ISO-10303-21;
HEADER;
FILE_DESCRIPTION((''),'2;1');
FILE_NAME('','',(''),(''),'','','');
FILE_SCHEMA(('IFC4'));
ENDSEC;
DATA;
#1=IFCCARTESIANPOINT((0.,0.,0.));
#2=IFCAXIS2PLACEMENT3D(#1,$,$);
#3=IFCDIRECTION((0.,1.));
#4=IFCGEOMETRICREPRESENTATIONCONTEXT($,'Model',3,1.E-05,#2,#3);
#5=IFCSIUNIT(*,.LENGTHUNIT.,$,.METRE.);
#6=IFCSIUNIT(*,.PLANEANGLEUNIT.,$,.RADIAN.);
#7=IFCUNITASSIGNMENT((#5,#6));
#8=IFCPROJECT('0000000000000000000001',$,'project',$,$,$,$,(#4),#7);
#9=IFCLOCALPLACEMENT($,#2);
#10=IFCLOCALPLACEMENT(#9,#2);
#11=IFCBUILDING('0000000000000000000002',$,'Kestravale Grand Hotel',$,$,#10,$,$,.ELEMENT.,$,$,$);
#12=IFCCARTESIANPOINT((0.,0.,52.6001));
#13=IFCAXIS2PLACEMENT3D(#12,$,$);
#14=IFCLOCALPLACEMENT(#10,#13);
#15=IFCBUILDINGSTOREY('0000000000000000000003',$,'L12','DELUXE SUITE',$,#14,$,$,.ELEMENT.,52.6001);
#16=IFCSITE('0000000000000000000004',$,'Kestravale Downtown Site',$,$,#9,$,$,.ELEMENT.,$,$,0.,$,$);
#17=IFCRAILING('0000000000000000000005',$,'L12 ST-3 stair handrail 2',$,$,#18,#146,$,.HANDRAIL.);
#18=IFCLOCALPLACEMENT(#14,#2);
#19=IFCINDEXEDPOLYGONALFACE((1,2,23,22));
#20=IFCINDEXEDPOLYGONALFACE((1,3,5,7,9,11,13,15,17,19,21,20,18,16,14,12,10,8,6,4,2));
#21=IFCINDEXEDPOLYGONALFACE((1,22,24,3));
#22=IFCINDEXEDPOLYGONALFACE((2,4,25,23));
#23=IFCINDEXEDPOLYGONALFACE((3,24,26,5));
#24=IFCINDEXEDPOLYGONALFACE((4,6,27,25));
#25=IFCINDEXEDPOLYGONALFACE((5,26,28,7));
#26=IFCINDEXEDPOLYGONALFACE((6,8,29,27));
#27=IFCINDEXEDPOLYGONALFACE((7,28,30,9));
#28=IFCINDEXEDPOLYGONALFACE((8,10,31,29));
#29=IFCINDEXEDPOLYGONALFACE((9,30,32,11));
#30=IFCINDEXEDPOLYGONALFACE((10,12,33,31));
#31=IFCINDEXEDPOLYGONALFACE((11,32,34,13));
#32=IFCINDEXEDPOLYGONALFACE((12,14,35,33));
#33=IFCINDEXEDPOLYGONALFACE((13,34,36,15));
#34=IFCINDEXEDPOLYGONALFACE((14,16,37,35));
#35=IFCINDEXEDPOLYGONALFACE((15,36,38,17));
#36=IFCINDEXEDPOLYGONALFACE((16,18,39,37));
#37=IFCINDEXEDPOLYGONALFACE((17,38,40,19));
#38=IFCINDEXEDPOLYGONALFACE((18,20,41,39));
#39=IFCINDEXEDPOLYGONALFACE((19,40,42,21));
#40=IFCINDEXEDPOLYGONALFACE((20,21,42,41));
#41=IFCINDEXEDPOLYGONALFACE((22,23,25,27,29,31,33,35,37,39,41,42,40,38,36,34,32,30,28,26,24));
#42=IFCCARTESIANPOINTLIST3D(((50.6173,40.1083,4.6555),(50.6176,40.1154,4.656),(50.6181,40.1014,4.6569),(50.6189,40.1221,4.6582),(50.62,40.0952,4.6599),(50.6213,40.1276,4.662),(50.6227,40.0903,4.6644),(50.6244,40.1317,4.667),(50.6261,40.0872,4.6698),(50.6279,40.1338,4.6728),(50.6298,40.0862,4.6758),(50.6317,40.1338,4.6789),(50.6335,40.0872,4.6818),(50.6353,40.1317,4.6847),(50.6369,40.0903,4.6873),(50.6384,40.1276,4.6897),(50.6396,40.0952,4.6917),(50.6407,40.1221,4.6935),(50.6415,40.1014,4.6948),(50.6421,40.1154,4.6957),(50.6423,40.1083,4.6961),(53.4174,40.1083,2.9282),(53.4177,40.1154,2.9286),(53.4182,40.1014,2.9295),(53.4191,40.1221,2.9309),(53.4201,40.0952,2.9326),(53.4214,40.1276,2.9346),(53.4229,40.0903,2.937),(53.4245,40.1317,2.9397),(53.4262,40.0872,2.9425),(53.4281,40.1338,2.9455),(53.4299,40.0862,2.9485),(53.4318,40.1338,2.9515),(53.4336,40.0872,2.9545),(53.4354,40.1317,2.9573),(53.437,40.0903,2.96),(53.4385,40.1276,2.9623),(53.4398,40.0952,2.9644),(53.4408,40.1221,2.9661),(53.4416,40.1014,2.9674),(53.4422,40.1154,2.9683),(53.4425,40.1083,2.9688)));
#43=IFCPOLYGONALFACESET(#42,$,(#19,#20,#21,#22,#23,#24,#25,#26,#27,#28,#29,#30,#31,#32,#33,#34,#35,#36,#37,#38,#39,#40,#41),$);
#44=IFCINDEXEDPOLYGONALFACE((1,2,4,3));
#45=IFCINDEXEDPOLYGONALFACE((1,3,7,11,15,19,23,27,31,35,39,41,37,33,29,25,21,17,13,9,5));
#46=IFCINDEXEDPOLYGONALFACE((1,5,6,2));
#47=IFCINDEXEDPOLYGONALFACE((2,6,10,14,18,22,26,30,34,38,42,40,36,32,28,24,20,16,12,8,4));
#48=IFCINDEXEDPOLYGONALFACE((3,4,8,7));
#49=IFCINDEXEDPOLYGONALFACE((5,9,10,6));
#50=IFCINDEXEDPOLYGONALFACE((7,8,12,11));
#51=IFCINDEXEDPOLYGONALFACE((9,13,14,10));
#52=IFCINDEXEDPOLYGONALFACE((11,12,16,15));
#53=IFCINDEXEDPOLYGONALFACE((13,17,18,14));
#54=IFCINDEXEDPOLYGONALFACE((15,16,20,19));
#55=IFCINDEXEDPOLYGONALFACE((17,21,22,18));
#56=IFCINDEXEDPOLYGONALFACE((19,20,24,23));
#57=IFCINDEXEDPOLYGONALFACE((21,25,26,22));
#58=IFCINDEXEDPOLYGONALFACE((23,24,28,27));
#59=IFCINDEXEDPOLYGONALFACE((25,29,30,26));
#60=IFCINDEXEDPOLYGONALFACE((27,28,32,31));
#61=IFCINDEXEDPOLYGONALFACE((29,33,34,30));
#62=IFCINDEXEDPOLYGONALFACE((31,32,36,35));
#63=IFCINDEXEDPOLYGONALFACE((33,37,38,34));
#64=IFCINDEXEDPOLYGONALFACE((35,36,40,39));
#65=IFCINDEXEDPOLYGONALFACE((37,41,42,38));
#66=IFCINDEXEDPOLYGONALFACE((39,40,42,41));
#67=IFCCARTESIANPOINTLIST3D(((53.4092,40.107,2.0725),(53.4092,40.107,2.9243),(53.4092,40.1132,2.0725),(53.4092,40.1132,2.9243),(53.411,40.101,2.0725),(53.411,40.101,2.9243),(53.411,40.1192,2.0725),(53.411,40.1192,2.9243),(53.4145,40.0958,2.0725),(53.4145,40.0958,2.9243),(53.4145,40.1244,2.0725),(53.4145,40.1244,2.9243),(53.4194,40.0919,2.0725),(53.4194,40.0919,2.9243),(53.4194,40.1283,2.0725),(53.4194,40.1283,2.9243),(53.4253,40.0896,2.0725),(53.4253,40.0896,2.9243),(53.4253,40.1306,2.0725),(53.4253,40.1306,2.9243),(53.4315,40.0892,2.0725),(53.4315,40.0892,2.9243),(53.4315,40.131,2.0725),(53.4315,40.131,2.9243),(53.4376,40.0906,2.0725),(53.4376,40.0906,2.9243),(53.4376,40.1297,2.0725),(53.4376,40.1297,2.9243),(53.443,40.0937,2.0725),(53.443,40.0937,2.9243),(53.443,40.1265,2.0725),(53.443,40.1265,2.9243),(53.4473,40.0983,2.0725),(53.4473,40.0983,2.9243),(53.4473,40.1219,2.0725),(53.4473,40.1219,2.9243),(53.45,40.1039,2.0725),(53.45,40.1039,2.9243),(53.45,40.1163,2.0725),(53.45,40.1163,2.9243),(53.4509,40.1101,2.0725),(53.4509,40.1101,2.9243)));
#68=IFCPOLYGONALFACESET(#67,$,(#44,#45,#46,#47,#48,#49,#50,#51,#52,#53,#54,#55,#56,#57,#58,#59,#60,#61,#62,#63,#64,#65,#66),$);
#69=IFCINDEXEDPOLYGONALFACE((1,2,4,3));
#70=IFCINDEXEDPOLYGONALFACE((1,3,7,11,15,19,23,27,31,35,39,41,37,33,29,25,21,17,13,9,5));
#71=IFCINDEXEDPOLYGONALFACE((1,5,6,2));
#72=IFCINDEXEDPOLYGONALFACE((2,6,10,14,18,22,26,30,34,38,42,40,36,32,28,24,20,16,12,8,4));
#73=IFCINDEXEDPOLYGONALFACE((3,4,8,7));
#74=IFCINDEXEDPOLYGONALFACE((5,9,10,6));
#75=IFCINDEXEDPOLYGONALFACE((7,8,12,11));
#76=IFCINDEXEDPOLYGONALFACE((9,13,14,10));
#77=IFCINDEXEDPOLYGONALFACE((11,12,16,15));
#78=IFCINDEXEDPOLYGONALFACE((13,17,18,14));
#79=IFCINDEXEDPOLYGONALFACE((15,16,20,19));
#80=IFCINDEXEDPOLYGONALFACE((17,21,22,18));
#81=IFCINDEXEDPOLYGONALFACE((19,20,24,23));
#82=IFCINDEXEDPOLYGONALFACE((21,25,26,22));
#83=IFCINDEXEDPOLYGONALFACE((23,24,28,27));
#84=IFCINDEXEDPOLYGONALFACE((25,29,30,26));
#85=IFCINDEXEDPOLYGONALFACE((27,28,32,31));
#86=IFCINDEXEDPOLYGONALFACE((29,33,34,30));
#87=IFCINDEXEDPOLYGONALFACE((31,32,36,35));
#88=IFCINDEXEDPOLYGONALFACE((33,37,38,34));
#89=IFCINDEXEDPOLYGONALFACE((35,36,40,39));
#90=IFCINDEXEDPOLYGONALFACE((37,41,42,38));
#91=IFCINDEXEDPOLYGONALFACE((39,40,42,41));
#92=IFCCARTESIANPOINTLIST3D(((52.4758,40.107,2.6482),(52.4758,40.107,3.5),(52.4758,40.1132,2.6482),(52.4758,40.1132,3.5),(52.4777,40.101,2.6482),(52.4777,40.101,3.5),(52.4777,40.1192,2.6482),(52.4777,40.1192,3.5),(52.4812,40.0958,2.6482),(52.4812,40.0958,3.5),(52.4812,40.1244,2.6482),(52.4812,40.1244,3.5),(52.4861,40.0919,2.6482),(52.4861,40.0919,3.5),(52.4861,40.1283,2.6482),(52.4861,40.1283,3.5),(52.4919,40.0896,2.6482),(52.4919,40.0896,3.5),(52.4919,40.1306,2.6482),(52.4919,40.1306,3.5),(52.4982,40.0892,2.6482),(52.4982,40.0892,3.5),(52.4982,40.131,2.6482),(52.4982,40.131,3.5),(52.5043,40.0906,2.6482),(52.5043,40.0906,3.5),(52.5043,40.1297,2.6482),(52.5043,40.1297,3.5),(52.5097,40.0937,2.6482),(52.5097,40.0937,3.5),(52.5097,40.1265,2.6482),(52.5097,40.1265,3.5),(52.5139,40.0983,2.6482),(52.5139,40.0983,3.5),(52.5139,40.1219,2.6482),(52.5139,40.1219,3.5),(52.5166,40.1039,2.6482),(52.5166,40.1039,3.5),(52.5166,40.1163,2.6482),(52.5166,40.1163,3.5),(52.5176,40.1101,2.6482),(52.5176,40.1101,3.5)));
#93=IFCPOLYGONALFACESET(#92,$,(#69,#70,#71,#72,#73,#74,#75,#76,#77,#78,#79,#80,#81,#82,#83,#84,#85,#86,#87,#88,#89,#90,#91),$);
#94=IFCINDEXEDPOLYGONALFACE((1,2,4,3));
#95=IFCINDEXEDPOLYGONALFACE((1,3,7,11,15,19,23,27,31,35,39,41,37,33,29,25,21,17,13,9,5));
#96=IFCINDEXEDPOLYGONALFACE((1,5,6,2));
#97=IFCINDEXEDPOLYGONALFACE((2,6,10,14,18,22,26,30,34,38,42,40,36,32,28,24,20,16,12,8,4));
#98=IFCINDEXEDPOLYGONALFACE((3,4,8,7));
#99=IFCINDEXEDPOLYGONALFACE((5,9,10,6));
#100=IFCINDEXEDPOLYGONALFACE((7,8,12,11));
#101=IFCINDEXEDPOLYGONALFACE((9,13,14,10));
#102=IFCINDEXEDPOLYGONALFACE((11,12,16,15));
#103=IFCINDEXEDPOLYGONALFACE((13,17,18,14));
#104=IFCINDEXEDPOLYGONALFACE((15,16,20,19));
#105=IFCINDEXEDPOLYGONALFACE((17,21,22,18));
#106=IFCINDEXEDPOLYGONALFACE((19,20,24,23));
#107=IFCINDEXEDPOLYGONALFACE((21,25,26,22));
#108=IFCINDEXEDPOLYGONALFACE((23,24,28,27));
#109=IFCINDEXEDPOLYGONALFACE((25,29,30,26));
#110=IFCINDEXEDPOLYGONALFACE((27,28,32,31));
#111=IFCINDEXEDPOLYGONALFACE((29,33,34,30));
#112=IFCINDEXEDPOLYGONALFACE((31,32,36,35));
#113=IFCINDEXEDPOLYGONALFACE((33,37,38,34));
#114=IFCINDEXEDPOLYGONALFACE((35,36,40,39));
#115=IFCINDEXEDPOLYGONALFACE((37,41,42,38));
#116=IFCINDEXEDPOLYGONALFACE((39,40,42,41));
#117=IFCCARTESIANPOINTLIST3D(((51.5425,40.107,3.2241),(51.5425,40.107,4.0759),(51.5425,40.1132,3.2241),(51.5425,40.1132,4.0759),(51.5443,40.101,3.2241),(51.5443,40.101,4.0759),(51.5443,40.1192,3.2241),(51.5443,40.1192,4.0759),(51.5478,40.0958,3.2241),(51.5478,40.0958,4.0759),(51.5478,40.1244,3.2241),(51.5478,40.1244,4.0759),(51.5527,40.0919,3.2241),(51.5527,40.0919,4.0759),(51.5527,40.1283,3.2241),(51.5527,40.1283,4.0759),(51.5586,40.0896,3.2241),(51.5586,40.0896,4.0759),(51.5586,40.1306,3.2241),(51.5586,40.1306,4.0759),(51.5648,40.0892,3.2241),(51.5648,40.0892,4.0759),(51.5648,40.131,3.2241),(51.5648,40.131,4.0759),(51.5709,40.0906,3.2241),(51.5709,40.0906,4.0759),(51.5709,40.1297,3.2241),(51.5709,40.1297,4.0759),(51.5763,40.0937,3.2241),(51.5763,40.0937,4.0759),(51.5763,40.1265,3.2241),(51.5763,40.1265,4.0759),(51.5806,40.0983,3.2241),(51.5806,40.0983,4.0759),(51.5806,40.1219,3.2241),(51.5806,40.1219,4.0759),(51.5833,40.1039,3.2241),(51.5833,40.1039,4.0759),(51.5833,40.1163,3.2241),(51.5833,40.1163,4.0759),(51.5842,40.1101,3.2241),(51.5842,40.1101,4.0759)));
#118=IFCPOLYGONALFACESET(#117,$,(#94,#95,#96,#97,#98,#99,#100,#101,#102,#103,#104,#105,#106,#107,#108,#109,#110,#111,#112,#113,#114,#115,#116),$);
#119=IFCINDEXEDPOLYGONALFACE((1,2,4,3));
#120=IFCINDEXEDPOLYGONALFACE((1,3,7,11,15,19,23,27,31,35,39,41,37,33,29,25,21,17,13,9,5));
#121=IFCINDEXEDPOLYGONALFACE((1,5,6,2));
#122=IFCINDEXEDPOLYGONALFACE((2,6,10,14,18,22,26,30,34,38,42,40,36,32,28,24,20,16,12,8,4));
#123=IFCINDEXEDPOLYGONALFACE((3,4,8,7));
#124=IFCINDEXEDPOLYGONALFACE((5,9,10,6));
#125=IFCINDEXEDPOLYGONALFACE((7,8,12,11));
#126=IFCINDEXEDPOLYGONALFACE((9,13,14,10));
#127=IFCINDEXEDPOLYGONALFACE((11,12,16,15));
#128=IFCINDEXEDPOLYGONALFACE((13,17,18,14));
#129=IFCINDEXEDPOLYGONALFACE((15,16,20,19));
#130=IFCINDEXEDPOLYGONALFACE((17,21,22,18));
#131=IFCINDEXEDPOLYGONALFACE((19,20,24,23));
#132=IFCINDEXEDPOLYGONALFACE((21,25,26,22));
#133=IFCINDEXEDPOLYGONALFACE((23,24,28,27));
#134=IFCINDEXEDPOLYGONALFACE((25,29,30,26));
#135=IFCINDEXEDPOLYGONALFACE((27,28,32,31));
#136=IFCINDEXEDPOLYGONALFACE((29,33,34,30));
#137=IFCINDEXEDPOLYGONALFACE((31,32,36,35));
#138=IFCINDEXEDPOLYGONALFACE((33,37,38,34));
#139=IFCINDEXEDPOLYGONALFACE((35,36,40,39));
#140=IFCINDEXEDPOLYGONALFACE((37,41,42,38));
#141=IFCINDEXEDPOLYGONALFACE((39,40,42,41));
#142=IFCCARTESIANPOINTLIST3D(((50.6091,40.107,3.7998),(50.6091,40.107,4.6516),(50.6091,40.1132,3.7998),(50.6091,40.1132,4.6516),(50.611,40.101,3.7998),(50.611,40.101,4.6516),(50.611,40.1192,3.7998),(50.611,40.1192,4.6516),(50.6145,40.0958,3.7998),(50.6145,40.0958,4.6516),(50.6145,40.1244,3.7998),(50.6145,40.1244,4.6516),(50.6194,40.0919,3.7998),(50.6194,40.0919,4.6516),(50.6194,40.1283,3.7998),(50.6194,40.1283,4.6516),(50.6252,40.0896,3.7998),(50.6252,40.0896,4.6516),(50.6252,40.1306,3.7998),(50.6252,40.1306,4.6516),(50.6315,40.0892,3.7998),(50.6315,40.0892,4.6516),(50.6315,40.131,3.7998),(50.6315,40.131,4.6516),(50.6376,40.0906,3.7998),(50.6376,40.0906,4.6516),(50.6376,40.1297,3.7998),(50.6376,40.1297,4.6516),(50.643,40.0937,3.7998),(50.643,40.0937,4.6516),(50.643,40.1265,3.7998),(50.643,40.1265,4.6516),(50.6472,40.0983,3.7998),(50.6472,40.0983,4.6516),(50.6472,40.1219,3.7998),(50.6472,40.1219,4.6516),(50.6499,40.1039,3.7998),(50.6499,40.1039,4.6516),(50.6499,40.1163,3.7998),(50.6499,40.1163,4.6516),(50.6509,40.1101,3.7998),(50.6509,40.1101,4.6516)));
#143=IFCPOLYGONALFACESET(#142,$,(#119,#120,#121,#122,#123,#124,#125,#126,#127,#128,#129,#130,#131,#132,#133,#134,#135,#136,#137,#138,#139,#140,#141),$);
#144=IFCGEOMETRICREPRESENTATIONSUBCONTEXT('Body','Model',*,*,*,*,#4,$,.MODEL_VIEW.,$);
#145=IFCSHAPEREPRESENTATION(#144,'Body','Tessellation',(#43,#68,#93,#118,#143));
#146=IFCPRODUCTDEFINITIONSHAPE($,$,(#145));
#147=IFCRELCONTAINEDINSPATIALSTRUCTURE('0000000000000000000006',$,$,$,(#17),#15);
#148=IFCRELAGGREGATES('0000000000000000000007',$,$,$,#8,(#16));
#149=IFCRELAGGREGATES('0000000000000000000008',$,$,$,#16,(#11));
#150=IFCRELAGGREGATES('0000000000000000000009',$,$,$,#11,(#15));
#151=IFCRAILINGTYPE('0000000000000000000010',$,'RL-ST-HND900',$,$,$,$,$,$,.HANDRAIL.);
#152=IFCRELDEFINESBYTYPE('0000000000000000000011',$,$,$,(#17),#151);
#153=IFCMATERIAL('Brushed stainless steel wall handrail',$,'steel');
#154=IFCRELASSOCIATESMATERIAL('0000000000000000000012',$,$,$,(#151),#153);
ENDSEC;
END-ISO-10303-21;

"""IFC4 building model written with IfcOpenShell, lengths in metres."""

from ifc_helpers import new_model, si_unit, direction, frame, origin, origin_2d, place, context, subcontext, project, spatial, circle, extrude, material, type_object, element, save


model = new_model("IFC4")

# Units and contexts
model_context = context("Model", 3, precision=1e-05, world=origin(), true_north=direction((0.0, 1.0)))
body_context = subcontext(model_context, "Body", "Model", "MODEL_VIEW")
ifc_project = project(units=[si_unit("LENGTHUNIT", "METRE"), si_unit("PLANEANGLEUNIT", "RADIAN")], contexts=[model_context])

# Site, building, storey
site_placement = place(None, origin())
site = spatial("IfcSite", under=ifc_project, at=site_placement, Name="Kestravale Downtown Site", CompositionType="ELEMENT", RefElevation=0.0)
building_placement = place(site_placement, origin())
building = spatial("IfcBuilding", under=site, at=building_placement, Name="Kestravale Grand Hotel", CompositionType="ELEMENT")
storey_placement = place(building_placement, frame((0.0, 0.0, 52.6001)))
storey = spatial("IfcBuildingStorey", under=building, at=storey_placement, Name="L12", Description="DELUXE SUITE", CompositionType="ELEMENT", Elevation=52.6001)

# Railing
ifc_material_1 = material(Name="Brushed stainless steel wall handrail", Category="steel")
railing_type_1 = type_object("IfcRailingType", Name="RL-ST-HND900", PredefinedType="HANDRAIL", material=ifc_material_1)
railing_1_placement = place(storey_placement, frame((53.4299, 40.1101, 2.0725)))
element("IfcRailing", 1, at=railing_1_placement, inside=storey, type_object=railing_type_1, Name="L12 ST-3 stair handrail 2", PredefinedType="HANDRAIL", context=body_context, shape_type="SweptSolid", body=[
    extrude(circle(Radius=0.0239, at=origin_2d()), frame((0.0, 0.0, 0.876), z_axis=(-0.85109, 0.0, 0.52502), x_axis=(0.0, -1.0, 0.0)), (0.0, 0.0, 1.0), 3.29),
    extrude(circle(Radius=0.021, at=origin_2d()), origin(), (0.0, 0.0, 1.0), 0.8518),
    extrude(circle(Radius=0.021, at=origin_2d()), frame((-0.9333, 0.0, 0.5757)), (0.0, 0.0, 1.0), 0.8518),
    extrude(circle(Radius=0.021, at=origin_2d()), frame((-1.8667, 0.0, 1.1516)), (0.0, 0.0, 1.0), 0.8518),
    extrude(circle(Radius=0.021, at=origin_2d()), frame((-2.8, 0.0, 1.7273)), (0.0, 0.0, 1.0), 0.8518),
])

save(model, "model.ifc")
